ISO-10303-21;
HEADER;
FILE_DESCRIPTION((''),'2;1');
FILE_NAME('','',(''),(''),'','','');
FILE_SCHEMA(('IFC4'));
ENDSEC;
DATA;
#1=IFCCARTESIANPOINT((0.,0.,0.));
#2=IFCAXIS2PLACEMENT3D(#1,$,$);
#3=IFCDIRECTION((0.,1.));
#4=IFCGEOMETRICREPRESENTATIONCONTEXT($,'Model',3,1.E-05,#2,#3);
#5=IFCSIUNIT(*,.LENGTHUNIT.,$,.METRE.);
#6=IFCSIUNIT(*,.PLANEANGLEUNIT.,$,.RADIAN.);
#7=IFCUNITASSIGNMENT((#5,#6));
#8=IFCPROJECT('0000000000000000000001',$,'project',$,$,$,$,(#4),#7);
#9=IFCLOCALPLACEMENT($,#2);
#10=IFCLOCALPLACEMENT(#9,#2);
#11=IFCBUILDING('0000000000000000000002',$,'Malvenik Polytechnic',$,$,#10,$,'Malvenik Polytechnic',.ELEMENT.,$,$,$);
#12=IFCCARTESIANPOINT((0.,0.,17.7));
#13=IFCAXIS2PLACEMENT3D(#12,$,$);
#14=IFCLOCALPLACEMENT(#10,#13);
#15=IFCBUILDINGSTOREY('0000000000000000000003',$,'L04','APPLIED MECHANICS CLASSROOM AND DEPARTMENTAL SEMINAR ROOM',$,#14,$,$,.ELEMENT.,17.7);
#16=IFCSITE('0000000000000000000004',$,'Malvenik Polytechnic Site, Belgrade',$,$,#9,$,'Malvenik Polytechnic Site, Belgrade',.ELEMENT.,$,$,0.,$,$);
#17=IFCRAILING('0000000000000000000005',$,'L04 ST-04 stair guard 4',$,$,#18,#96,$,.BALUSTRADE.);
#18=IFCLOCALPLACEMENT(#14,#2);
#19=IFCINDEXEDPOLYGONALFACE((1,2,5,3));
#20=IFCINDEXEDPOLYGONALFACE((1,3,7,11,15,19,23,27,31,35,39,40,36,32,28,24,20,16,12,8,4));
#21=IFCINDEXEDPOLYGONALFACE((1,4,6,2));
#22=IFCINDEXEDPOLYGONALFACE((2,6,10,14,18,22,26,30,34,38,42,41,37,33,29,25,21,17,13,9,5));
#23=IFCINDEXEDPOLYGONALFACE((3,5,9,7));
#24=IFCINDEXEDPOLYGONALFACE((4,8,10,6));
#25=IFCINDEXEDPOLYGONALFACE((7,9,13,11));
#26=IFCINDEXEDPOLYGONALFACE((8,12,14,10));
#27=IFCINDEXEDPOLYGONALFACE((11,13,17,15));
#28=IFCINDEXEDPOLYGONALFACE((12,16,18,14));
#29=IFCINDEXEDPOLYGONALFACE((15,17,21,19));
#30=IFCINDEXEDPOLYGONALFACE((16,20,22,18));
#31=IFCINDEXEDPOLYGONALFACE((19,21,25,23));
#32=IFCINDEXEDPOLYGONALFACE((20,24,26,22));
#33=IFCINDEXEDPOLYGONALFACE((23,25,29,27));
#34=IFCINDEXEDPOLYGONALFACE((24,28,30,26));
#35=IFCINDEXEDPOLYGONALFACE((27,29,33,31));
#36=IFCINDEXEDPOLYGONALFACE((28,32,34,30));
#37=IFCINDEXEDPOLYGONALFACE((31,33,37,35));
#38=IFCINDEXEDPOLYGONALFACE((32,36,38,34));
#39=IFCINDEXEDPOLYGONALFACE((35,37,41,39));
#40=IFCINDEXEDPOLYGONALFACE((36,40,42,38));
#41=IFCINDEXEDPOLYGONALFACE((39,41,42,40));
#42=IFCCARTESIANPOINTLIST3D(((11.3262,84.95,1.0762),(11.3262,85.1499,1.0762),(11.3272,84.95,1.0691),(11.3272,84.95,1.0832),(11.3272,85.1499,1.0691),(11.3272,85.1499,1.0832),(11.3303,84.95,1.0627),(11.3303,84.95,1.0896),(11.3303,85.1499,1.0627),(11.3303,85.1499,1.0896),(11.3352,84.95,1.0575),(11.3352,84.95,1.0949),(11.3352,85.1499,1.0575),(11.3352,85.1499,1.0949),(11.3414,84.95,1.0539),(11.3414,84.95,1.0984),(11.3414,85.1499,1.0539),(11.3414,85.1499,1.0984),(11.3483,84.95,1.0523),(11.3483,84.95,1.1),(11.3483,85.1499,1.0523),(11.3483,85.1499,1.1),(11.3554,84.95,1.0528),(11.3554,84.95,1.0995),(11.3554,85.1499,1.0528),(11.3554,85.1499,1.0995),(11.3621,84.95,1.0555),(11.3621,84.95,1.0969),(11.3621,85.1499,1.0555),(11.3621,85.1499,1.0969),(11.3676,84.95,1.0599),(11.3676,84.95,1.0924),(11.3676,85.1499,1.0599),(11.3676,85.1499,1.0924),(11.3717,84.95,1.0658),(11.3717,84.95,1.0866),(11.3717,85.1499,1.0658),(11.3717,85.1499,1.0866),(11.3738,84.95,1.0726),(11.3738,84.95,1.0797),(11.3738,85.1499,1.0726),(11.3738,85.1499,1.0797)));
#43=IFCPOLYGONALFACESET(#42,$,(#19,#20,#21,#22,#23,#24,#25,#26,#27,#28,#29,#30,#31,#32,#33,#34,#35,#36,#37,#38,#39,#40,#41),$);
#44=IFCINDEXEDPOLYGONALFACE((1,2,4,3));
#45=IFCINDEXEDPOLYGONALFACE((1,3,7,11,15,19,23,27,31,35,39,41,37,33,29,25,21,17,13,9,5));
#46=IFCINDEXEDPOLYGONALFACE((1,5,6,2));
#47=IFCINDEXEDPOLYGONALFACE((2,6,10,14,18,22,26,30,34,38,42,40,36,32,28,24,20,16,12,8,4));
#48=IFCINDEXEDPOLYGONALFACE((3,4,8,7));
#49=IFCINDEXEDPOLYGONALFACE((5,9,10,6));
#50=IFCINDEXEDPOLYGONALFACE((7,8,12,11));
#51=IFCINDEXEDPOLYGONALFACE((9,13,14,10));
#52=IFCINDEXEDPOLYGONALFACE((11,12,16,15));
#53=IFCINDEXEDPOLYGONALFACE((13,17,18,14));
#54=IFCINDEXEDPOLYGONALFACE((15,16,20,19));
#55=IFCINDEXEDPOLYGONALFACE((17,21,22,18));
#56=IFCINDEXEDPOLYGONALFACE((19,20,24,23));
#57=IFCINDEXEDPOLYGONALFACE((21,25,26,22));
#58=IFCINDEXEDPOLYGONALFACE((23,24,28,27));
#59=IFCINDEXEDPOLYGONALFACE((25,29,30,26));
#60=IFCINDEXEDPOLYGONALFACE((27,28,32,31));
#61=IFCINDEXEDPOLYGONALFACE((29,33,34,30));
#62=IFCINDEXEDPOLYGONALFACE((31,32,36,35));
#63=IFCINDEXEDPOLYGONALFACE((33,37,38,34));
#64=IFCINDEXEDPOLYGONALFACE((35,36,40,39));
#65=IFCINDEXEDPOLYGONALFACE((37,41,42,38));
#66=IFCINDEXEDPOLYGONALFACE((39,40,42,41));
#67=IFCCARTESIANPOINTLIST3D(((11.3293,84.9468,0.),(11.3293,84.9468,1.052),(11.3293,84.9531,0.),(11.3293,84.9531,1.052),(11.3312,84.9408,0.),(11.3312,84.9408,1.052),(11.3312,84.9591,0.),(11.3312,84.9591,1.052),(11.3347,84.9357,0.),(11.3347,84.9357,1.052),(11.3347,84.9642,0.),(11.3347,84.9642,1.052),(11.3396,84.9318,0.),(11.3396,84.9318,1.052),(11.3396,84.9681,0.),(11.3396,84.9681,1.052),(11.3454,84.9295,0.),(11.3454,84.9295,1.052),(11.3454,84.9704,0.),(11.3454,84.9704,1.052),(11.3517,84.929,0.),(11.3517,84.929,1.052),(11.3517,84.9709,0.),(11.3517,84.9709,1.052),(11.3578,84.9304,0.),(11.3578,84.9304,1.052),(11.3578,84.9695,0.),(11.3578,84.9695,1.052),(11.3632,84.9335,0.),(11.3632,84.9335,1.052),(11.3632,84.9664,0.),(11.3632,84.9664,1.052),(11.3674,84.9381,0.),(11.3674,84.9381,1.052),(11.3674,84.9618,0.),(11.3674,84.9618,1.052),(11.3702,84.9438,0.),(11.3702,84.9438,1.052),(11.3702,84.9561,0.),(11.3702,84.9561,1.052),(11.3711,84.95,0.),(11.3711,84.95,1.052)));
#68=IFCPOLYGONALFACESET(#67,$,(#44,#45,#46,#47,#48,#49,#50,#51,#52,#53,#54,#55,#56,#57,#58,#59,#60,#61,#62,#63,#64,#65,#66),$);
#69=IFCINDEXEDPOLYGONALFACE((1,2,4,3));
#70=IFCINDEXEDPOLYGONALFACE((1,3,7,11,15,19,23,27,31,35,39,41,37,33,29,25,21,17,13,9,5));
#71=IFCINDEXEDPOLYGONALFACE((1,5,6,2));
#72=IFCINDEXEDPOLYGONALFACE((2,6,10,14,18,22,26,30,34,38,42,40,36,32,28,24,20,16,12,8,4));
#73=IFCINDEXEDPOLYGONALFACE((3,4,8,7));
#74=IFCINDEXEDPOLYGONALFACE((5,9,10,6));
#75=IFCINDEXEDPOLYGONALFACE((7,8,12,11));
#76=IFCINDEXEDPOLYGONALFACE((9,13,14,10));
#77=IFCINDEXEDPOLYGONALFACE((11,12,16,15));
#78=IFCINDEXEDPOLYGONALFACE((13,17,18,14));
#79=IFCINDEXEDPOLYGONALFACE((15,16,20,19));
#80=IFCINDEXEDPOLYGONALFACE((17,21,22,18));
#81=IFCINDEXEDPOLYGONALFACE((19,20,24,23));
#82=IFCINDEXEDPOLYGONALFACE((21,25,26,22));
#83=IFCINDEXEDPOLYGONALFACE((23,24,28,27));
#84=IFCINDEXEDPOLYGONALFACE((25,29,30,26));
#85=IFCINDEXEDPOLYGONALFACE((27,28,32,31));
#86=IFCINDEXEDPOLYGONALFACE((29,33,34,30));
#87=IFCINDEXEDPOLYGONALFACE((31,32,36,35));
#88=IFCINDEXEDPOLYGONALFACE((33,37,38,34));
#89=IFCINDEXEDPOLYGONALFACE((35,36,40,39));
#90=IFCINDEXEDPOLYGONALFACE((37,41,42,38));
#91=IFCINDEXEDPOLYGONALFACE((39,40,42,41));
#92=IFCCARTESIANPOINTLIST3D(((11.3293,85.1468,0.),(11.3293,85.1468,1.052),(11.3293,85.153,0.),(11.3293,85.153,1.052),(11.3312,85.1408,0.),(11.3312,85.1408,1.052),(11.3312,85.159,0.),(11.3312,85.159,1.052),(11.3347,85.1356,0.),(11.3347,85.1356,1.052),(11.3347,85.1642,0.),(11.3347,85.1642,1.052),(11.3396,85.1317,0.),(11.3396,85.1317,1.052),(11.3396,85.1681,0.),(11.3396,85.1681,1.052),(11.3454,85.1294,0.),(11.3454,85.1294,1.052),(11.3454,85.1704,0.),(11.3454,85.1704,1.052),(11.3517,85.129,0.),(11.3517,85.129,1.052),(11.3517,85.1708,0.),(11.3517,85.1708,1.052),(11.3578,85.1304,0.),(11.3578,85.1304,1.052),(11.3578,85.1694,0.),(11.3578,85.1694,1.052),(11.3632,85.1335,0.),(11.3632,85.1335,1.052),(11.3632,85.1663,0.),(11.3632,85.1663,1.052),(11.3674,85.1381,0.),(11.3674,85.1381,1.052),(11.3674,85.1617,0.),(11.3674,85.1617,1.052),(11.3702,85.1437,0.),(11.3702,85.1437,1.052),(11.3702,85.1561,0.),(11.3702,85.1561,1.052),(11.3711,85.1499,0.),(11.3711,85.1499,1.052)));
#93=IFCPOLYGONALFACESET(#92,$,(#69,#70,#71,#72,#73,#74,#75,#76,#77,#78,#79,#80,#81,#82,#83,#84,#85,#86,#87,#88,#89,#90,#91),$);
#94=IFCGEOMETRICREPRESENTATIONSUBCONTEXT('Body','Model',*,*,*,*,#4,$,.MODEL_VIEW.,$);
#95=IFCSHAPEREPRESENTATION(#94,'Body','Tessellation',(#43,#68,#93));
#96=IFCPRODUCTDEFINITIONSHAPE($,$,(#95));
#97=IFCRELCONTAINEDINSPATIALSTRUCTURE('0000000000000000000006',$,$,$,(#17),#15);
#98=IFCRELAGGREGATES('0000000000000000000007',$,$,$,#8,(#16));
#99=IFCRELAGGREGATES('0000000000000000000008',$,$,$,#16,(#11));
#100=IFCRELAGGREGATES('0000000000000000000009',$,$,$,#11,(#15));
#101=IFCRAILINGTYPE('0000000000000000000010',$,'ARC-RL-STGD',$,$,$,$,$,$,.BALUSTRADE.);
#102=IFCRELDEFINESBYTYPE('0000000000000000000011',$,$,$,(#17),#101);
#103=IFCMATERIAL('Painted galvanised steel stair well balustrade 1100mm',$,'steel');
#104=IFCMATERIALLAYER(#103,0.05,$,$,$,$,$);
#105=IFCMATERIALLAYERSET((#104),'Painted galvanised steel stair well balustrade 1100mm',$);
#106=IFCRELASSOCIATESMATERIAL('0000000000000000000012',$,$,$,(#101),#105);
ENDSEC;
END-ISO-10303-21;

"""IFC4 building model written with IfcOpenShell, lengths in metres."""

from ifc_helpers import new_model, si_unit, direction, frame, origin, origin_2d, place, context, subcontext, project, spatial, circle, extrude, material, layer, layer_set, type_object, element, save


model = new_model("IFC4")

# Units and contexts
model_context = context("Model", 3, precision=1e-05, world=origin(), true_north=direction((0.0, 1.0)))
body_context = subcontext(model_context, "Body", "Model", "MODEL_VIEW")
ifc_project = project(units=[si_unit("LENGTHUNIT", "METRE"), si_unit("PLANEANGLEUNIT", "RADIAN")], contexts=[model_context])

# Site, building, storey
site_placement = place(None, origin())
site = spatial("IfcSite", under=ifc_project, at=site_placement, Name="Malvenik Polytechnic Site, Belgrade", LongName="Malvenik Polytechnic Site, Belgrade", CompositionType="ELEMENT", RefElevation=0.0)
building_placement = place(site_placement, origin())
building = spatial("IfcBuilding", under=site, at=building_placement, Name="Malvenik Polytechnic", LongName="Malvenik Polytechnic", CompositionType="ELEMENT")
storey_placement = place(building_placement, frame((0.0, 0.0, 17.7)))
storey = spatial("IfcBuildingStorey", under=building, at=storey_placement, Name="L04", Description="APPLIED MECHANICS CLASSROOM AND DEPARTMENTAL SEMINAR ROOM", CompositionType="ELEMENT", Elevation=17.7)

# Railing
ifc_material_1 = material(Name="Painted galvanised steel stair well balustrade 1100mm", Category="steel")
ifc_layer_1 = layer(ifc_material_1, 0.05)
ifc_layer_set_1 = layer_set([ifc_layer_1], Name="Painted galvanised steel stair well balustrade 1100mm")
railing_type_1 = type_object("IfcRailingType", Name="ARC-RL-STGD", PredefinedType="BALUSTRADE", material=ifc_layer_set_1)
railing_1_placement = place(storey_placement, frame((11.3501, 84.95, 0.0)))
element("IfcRailing", 1, at=railing_1_placement, inside=storey, type_object=railing_type_1, Name="L04 ST-04 stair guard 4", PredefinedType="BALUSTRADE", context=body_context, shape_type="SweptSolid", body=[
    extrude(circle(Radius=0.0239, at=origin_2d()), frame((0.0, 0.0, 1.0762), z_axis=(0.0, 1.0, 0.0), x_axis=(-1.0, 0.0, 0.0)), (0.0, 0.0, 1.0), 0.2),
    extrude(circle(Radius=0.021, at=origin_2d()), origin(), (0.0, 0.0, 1.0), 1.052),
    extrude(circle(Radius=0.021, at=origin_2d()), frame((0.0, 0.2, 0.0)), (0.0, 0.0, 1.0), 1.052),
])

save(model, "model.ifc")
